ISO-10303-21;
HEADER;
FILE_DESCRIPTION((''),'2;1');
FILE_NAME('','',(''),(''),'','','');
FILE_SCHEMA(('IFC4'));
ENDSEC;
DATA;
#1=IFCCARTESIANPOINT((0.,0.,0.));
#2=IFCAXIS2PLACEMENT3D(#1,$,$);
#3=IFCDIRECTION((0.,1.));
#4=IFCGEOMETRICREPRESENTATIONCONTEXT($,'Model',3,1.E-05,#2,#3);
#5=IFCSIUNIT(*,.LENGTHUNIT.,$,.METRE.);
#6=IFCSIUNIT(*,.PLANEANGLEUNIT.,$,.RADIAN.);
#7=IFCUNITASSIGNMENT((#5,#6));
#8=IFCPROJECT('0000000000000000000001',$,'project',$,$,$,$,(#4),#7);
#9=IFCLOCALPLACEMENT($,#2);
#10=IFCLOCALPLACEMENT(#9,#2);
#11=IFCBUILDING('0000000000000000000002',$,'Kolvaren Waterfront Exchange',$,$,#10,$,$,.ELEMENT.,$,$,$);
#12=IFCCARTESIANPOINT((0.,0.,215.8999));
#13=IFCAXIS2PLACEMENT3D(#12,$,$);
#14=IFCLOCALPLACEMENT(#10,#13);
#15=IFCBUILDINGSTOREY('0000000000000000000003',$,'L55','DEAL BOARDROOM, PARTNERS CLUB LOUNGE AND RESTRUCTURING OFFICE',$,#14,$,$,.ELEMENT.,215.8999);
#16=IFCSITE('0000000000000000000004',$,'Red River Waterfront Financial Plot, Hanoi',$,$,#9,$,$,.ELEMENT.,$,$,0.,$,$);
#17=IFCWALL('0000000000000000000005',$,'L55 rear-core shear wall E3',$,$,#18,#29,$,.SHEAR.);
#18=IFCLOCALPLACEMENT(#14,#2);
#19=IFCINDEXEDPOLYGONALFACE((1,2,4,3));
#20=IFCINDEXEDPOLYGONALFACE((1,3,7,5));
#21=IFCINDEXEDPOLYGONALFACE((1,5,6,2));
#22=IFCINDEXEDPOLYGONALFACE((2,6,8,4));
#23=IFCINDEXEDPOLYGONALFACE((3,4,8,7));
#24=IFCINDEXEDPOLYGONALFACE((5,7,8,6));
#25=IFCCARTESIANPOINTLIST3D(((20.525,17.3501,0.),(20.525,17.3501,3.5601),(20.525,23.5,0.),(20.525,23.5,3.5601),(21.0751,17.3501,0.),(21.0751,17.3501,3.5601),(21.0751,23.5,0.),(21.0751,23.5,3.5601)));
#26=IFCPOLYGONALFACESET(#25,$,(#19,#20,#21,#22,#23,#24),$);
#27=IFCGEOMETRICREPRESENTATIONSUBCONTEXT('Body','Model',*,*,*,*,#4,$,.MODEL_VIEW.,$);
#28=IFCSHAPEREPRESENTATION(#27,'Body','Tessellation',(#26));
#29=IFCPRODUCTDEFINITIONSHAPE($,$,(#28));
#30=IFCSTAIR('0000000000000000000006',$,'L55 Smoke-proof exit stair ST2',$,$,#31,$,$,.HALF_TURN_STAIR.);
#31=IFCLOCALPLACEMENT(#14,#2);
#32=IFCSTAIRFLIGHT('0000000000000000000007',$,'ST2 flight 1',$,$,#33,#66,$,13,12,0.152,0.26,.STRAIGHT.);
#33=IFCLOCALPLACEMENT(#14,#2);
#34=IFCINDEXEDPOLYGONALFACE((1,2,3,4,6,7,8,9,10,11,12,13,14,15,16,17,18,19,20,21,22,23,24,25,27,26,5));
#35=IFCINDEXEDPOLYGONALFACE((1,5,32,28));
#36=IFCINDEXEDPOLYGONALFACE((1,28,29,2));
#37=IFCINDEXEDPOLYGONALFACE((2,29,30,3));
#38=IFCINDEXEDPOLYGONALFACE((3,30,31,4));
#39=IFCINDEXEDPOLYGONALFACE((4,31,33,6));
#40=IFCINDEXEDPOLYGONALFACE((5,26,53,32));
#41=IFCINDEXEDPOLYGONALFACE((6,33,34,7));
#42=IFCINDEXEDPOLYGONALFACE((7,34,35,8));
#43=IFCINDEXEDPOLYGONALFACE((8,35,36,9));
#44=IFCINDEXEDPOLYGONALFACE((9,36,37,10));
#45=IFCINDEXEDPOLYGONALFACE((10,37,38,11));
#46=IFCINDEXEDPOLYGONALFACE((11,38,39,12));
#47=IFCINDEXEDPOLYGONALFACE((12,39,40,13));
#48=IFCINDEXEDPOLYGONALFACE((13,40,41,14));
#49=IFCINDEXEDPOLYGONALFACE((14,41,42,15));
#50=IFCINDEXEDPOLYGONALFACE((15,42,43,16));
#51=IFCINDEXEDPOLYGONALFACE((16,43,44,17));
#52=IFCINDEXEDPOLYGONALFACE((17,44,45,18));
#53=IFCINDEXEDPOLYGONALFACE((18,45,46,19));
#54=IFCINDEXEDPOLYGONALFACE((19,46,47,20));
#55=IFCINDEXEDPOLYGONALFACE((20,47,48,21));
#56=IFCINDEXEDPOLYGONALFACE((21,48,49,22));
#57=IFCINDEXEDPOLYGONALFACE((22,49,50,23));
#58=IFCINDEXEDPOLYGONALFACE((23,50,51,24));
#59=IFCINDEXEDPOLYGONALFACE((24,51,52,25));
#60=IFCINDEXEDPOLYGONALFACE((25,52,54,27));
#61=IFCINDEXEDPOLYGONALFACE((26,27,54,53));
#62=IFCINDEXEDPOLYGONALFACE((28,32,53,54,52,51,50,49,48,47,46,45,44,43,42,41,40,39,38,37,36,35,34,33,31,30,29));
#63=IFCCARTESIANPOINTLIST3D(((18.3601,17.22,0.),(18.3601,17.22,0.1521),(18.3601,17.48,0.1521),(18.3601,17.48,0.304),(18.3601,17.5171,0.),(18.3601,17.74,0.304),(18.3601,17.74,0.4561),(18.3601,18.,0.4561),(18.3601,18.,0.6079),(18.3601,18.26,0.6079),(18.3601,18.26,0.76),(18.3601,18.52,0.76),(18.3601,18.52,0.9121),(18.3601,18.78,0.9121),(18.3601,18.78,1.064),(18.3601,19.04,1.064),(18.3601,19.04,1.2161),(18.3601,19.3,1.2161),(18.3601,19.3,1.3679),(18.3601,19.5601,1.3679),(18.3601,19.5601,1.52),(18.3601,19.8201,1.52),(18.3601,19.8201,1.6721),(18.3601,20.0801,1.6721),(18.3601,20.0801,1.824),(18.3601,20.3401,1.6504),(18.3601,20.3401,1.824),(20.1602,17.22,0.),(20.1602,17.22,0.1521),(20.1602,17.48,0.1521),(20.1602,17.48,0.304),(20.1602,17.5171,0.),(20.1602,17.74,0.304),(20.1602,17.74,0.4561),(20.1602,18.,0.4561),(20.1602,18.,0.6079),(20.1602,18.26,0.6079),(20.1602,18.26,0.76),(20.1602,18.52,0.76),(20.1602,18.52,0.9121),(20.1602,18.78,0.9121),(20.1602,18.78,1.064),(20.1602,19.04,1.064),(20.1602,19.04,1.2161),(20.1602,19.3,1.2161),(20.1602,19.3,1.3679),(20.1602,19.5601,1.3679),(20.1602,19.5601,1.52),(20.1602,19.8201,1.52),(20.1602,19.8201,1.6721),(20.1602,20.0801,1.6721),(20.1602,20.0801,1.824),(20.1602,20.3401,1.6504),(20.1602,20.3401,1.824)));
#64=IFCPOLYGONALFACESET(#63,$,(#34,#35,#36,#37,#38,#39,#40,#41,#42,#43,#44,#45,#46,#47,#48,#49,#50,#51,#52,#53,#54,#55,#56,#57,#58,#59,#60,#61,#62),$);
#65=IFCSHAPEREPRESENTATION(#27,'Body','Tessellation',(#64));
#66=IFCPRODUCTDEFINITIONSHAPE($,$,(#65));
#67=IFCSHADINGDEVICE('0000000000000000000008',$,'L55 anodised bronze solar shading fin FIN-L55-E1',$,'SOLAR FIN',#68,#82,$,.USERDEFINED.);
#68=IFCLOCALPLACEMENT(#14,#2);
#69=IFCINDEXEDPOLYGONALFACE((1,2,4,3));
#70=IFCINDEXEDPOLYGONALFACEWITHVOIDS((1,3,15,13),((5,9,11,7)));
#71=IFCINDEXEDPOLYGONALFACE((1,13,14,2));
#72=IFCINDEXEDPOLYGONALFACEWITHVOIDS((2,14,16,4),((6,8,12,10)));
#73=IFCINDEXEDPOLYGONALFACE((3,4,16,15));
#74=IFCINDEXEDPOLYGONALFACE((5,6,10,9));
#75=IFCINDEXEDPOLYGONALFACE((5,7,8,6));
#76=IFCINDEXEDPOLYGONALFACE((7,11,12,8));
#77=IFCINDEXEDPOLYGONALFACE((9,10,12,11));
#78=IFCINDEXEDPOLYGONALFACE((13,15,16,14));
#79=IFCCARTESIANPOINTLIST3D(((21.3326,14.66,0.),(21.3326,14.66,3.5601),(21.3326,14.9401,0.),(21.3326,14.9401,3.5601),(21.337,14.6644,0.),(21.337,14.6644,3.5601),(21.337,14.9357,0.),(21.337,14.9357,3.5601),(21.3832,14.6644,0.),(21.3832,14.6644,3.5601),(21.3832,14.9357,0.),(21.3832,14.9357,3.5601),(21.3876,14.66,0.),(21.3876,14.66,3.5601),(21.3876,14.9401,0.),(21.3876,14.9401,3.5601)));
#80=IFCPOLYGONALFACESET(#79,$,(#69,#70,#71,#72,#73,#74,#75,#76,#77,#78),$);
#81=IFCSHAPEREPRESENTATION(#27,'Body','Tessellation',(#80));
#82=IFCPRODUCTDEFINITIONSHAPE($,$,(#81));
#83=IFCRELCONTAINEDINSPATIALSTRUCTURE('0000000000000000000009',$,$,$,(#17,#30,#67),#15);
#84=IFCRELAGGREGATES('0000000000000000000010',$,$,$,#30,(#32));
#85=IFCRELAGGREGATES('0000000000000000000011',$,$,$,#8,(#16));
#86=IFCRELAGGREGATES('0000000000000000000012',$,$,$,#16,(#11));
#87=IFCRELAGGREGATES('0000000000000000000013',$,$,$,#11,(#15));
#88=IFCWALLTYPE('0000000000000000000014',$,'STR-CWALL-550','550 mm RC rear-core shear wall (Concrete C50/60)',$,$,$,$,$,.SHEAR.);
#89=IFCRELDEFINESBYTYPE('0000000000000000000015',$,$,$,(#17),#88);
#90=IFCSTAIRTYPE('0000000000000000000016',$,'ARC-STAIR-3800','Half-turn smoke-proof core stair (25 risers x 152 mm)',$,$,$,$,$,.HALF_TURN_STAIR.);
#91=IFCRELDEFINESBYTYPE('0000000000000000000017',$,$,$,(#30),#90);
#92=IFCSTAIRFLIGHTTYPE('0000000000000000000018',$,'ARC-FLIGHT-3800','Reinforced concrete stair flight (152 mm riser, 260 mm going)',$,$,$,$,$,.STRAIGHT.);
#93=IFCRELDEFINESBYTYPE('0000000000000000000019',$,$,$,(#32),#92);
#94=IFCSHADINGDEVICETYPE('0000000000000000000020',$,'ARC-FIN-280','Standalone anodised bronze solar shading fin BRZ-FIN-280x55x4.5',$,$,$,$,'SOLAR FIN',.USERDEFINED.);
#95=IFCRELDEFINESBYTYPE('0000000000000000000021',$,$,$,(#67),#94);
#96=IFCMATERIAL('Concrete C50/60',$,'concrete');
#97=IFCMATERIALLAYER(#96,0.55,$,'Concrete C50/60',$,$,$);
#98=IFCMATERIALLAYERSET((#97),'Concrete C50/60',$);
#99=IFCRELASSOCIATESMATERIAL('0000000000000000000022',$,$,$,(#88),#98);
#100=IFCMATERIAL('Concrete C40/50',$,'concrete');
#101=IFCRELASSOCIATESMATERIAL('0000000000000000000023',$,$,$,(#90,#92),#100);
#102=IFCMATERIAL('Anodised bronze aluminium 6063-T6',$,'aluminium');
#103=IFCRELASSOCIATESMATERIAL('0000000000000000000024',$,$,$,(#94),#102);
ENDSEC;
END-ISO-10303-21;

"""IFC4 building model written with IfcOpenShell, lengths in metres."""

from ifc_helpers import new_model, si_unit, direction, frame, frame_2d, origin, origin_2d, place, context, subcontext, project, spatial, polyline, rectangle, hollow_rectangle, outline, extrude, material, layer, layer_set, material_profile, profile_set, type_object, element, aggregate, save


model = new_model("IFC4")

# Units and contexts
model_context = context("Model", 3, precision=1e-05, world=origin(), true_north=direction((0.0, 1.0)))
body_context = subcontext(model_context, "Body", "Model", "MODEL_VIEW")
ifc_project = project(units=[si_unit("LENGTHUNIT", "METRE"), si_unit("PLANEANGLEUNIT", "RADIAN")], contexts=[model_context])

# Site, building, storey
site_placement = place(None, origin())
site = spatial("IfcSite", under=ifc_project, at=site_placement, Name="Red River Waterfront Financial Plot, Hanoi", CompositionType="ELEMENT", RefElevation=0.0)
building_placement = place(site_placement, origin())
building = spatial("IfcBuilding", under=site, at=building_placement, Name="Kolvaren Waterfront Exchange", CompositionType="ELEMENT")
storey_placement = place(building_placement, frame((0.0, 0.0, 215.8999)))
storey = spatial("IfcBuildingStorey", under=building, at=storey_placement, Name="L55", Description="DEAL BOARDROOM, PARTNERS CLUB LOUNGE AND RESTRUCTURING OFFICE", CompositionType="ELEMENT", Elevation=215.8999)

# Shared definitions
ifc_material_1 = material(Name="Concrete C50/60", Category="concrete")

# Wall
ifc_material_2 = material(Name="Concrete C40/50", Category="concrete")
ifc_layer_1 = layer(ifc_material_1, 0.55, Name="Concrete C50/60")
ifc_layer_set_1 = layer_set([ifc_layer_1], Name="Concrete C50/60")
wall_type_1 = type_object("IfcWallType", Name="STR-CWALL-550", Description="550 mm RC rear-core shear wall (Concrete C50/60)", PredefinedType="SHEAR", material=ifc_layer_set_1)
wall_1_placement = place(storey_placement, frame((20.8, 17.3501, 0.0), z_axis=(0.0, 0.0, 1.0), x_axis=(0.0, 1.0, 0.0)))
element("IfcWall", 1, at=wall_1_placement, inside=storey, type_object=wall_type_1, Name="L55 rear-core shear wall E3", PredefinedType="SHEAR", context=body_context, shape_type="SweptSolid", body=[
    extrude(rectangle(XDim=6.1499, YDim=0.55, at=frame_2d((3.075, 0.0))), origin(), (0.0, 0.0, 1.0), 3.5601),
])

# Stair, stair flight
stair_type = type_object("IfcStairType", Name="ARC-STAIR-3800", Description="Half-turn smoke-proof core stair (25 risers x 152 mm)", PredefinedType="HALF_TURN_STAIR", material=ifc_material_2)
stair_placement = place(storey_placement, origin())
stair = element("IfcStair", 2, at=stair_placement, inside=storey, type_object=stair_type, Name="L55 Smoke-proof exit stair ST2", PredefinedType="HALF_TURN_STAIR")
stair_flight_type = type_object("IfcStairFlightType", Name="ARC-FLIGHT-3800", Description="Reinforced concrete stair flight (152 mm riser, 260 mm going)", PredefinedType="STRAIGHT", material=ifc_material_2)
stair_flight_placement = place(storey_placement, frame((19.26, 17.22, 0.0), z_axis=(0.0, 0.0, 1.0), x_axis=(0.0, 1.0, 0.0)))
stair_flight = element("IfcStairFlight", 3, at=stair_flight_placement, type_object=stair_flight_type, Name="ST2 flight 1", NumberOfRisers=13, NumberOfTreads=12, PredefinedType="STRAIGHT", RiserHeight=0.152, TreadLength=0.26, context=body_context, shape_type="SweptSolid", body=[
    extrude(outline(polyline([(0.0, 0.0), (0.0, 0.1521), (0.26, 0.1521), (0.26, 0.304), (0.52, 0.304), (0.52, 0.4561), (0.78, 0.4561), (0.78, 0.6079), (1.04, 0.6079), (1.04, 0.76), (1.3, 0.76), (1.3, 0.9121), (1.5601, 0.9121), (1.5601, 1.064), (1.8201, 1.064), (1.8201, 1.2161), (2.0801, 1.2161), (2.0801, 1.3679), (2.3401, 1.3679), (2.3401, 1.52), (2.6001, 1.52), (2.6001, 1.6721), (2.8601, 1.6721), (2.8601, 1.824), (3.1201, 1.824), (3.1201, 1.9761), (3.1201, 1.6504), (0.2971, 0.0), (0.0, 0.0)])), frame((0.0, 0.8999, 0.0), z_axis=(0.0, -1.0, 0.0), x_axis=(1.0, 0.0, 0.0)), (0.0, 0.0, 1.0), 1.8),
])
aggregate(stair, [stair_flight])

# Shading device
ifc_material_3 = material(Name="Anodised bronze aluminium 6063-T6", Category="aluminium")
ifc_material_profile_1 = material_profile(ifc_material_3, hollow_rectangle(XDim=0.0549, YDim=0.28, WallThickness=0.0044, at=origin_2d()), Name="BRZ-FIN-280x55x4.5")
ifc_profile_set_1 = profile_set([ifc_material_profile_1], Name="Anodised bronze aluminium 6063-T6")
shading_device_type = type_object("IfcShadingDeviceType", Name="ARC-FIN-280", Description="Standalone anodised bronze solar shading fin BRZ-FIN-280x55x4.5", ElementType="SOLAR FIN", PredefinedType="USERDEFINED", material=ifc_profile_set_1)
shading_device_placement = place(storey_placement, frame((21.3601, 14.8, 0.0), z_axis=(0.0, 0.0, 1.0), x_axis=(1.0, 0.0, 0.0)))
element("IfcShadingDevice", 4, at=shading_device_placement, inside=storey, type_object=shading_device_type, Name="L55 anodised bronze solar shading fin FIN-L55-E1", ObjectType="SOLAR FIN", PredefinedType="USERDEFINED", context=body_context, shape_type="SweptSolid", body=[
    extrude(hollow_rectangle(XDim=0.0549, YDim=0.28, WallThickness=0.0044, at=origin_2d()), origin(), (0.0, 0.0, 1.0), 3.5601),
])

save(model, "model.ifc")
